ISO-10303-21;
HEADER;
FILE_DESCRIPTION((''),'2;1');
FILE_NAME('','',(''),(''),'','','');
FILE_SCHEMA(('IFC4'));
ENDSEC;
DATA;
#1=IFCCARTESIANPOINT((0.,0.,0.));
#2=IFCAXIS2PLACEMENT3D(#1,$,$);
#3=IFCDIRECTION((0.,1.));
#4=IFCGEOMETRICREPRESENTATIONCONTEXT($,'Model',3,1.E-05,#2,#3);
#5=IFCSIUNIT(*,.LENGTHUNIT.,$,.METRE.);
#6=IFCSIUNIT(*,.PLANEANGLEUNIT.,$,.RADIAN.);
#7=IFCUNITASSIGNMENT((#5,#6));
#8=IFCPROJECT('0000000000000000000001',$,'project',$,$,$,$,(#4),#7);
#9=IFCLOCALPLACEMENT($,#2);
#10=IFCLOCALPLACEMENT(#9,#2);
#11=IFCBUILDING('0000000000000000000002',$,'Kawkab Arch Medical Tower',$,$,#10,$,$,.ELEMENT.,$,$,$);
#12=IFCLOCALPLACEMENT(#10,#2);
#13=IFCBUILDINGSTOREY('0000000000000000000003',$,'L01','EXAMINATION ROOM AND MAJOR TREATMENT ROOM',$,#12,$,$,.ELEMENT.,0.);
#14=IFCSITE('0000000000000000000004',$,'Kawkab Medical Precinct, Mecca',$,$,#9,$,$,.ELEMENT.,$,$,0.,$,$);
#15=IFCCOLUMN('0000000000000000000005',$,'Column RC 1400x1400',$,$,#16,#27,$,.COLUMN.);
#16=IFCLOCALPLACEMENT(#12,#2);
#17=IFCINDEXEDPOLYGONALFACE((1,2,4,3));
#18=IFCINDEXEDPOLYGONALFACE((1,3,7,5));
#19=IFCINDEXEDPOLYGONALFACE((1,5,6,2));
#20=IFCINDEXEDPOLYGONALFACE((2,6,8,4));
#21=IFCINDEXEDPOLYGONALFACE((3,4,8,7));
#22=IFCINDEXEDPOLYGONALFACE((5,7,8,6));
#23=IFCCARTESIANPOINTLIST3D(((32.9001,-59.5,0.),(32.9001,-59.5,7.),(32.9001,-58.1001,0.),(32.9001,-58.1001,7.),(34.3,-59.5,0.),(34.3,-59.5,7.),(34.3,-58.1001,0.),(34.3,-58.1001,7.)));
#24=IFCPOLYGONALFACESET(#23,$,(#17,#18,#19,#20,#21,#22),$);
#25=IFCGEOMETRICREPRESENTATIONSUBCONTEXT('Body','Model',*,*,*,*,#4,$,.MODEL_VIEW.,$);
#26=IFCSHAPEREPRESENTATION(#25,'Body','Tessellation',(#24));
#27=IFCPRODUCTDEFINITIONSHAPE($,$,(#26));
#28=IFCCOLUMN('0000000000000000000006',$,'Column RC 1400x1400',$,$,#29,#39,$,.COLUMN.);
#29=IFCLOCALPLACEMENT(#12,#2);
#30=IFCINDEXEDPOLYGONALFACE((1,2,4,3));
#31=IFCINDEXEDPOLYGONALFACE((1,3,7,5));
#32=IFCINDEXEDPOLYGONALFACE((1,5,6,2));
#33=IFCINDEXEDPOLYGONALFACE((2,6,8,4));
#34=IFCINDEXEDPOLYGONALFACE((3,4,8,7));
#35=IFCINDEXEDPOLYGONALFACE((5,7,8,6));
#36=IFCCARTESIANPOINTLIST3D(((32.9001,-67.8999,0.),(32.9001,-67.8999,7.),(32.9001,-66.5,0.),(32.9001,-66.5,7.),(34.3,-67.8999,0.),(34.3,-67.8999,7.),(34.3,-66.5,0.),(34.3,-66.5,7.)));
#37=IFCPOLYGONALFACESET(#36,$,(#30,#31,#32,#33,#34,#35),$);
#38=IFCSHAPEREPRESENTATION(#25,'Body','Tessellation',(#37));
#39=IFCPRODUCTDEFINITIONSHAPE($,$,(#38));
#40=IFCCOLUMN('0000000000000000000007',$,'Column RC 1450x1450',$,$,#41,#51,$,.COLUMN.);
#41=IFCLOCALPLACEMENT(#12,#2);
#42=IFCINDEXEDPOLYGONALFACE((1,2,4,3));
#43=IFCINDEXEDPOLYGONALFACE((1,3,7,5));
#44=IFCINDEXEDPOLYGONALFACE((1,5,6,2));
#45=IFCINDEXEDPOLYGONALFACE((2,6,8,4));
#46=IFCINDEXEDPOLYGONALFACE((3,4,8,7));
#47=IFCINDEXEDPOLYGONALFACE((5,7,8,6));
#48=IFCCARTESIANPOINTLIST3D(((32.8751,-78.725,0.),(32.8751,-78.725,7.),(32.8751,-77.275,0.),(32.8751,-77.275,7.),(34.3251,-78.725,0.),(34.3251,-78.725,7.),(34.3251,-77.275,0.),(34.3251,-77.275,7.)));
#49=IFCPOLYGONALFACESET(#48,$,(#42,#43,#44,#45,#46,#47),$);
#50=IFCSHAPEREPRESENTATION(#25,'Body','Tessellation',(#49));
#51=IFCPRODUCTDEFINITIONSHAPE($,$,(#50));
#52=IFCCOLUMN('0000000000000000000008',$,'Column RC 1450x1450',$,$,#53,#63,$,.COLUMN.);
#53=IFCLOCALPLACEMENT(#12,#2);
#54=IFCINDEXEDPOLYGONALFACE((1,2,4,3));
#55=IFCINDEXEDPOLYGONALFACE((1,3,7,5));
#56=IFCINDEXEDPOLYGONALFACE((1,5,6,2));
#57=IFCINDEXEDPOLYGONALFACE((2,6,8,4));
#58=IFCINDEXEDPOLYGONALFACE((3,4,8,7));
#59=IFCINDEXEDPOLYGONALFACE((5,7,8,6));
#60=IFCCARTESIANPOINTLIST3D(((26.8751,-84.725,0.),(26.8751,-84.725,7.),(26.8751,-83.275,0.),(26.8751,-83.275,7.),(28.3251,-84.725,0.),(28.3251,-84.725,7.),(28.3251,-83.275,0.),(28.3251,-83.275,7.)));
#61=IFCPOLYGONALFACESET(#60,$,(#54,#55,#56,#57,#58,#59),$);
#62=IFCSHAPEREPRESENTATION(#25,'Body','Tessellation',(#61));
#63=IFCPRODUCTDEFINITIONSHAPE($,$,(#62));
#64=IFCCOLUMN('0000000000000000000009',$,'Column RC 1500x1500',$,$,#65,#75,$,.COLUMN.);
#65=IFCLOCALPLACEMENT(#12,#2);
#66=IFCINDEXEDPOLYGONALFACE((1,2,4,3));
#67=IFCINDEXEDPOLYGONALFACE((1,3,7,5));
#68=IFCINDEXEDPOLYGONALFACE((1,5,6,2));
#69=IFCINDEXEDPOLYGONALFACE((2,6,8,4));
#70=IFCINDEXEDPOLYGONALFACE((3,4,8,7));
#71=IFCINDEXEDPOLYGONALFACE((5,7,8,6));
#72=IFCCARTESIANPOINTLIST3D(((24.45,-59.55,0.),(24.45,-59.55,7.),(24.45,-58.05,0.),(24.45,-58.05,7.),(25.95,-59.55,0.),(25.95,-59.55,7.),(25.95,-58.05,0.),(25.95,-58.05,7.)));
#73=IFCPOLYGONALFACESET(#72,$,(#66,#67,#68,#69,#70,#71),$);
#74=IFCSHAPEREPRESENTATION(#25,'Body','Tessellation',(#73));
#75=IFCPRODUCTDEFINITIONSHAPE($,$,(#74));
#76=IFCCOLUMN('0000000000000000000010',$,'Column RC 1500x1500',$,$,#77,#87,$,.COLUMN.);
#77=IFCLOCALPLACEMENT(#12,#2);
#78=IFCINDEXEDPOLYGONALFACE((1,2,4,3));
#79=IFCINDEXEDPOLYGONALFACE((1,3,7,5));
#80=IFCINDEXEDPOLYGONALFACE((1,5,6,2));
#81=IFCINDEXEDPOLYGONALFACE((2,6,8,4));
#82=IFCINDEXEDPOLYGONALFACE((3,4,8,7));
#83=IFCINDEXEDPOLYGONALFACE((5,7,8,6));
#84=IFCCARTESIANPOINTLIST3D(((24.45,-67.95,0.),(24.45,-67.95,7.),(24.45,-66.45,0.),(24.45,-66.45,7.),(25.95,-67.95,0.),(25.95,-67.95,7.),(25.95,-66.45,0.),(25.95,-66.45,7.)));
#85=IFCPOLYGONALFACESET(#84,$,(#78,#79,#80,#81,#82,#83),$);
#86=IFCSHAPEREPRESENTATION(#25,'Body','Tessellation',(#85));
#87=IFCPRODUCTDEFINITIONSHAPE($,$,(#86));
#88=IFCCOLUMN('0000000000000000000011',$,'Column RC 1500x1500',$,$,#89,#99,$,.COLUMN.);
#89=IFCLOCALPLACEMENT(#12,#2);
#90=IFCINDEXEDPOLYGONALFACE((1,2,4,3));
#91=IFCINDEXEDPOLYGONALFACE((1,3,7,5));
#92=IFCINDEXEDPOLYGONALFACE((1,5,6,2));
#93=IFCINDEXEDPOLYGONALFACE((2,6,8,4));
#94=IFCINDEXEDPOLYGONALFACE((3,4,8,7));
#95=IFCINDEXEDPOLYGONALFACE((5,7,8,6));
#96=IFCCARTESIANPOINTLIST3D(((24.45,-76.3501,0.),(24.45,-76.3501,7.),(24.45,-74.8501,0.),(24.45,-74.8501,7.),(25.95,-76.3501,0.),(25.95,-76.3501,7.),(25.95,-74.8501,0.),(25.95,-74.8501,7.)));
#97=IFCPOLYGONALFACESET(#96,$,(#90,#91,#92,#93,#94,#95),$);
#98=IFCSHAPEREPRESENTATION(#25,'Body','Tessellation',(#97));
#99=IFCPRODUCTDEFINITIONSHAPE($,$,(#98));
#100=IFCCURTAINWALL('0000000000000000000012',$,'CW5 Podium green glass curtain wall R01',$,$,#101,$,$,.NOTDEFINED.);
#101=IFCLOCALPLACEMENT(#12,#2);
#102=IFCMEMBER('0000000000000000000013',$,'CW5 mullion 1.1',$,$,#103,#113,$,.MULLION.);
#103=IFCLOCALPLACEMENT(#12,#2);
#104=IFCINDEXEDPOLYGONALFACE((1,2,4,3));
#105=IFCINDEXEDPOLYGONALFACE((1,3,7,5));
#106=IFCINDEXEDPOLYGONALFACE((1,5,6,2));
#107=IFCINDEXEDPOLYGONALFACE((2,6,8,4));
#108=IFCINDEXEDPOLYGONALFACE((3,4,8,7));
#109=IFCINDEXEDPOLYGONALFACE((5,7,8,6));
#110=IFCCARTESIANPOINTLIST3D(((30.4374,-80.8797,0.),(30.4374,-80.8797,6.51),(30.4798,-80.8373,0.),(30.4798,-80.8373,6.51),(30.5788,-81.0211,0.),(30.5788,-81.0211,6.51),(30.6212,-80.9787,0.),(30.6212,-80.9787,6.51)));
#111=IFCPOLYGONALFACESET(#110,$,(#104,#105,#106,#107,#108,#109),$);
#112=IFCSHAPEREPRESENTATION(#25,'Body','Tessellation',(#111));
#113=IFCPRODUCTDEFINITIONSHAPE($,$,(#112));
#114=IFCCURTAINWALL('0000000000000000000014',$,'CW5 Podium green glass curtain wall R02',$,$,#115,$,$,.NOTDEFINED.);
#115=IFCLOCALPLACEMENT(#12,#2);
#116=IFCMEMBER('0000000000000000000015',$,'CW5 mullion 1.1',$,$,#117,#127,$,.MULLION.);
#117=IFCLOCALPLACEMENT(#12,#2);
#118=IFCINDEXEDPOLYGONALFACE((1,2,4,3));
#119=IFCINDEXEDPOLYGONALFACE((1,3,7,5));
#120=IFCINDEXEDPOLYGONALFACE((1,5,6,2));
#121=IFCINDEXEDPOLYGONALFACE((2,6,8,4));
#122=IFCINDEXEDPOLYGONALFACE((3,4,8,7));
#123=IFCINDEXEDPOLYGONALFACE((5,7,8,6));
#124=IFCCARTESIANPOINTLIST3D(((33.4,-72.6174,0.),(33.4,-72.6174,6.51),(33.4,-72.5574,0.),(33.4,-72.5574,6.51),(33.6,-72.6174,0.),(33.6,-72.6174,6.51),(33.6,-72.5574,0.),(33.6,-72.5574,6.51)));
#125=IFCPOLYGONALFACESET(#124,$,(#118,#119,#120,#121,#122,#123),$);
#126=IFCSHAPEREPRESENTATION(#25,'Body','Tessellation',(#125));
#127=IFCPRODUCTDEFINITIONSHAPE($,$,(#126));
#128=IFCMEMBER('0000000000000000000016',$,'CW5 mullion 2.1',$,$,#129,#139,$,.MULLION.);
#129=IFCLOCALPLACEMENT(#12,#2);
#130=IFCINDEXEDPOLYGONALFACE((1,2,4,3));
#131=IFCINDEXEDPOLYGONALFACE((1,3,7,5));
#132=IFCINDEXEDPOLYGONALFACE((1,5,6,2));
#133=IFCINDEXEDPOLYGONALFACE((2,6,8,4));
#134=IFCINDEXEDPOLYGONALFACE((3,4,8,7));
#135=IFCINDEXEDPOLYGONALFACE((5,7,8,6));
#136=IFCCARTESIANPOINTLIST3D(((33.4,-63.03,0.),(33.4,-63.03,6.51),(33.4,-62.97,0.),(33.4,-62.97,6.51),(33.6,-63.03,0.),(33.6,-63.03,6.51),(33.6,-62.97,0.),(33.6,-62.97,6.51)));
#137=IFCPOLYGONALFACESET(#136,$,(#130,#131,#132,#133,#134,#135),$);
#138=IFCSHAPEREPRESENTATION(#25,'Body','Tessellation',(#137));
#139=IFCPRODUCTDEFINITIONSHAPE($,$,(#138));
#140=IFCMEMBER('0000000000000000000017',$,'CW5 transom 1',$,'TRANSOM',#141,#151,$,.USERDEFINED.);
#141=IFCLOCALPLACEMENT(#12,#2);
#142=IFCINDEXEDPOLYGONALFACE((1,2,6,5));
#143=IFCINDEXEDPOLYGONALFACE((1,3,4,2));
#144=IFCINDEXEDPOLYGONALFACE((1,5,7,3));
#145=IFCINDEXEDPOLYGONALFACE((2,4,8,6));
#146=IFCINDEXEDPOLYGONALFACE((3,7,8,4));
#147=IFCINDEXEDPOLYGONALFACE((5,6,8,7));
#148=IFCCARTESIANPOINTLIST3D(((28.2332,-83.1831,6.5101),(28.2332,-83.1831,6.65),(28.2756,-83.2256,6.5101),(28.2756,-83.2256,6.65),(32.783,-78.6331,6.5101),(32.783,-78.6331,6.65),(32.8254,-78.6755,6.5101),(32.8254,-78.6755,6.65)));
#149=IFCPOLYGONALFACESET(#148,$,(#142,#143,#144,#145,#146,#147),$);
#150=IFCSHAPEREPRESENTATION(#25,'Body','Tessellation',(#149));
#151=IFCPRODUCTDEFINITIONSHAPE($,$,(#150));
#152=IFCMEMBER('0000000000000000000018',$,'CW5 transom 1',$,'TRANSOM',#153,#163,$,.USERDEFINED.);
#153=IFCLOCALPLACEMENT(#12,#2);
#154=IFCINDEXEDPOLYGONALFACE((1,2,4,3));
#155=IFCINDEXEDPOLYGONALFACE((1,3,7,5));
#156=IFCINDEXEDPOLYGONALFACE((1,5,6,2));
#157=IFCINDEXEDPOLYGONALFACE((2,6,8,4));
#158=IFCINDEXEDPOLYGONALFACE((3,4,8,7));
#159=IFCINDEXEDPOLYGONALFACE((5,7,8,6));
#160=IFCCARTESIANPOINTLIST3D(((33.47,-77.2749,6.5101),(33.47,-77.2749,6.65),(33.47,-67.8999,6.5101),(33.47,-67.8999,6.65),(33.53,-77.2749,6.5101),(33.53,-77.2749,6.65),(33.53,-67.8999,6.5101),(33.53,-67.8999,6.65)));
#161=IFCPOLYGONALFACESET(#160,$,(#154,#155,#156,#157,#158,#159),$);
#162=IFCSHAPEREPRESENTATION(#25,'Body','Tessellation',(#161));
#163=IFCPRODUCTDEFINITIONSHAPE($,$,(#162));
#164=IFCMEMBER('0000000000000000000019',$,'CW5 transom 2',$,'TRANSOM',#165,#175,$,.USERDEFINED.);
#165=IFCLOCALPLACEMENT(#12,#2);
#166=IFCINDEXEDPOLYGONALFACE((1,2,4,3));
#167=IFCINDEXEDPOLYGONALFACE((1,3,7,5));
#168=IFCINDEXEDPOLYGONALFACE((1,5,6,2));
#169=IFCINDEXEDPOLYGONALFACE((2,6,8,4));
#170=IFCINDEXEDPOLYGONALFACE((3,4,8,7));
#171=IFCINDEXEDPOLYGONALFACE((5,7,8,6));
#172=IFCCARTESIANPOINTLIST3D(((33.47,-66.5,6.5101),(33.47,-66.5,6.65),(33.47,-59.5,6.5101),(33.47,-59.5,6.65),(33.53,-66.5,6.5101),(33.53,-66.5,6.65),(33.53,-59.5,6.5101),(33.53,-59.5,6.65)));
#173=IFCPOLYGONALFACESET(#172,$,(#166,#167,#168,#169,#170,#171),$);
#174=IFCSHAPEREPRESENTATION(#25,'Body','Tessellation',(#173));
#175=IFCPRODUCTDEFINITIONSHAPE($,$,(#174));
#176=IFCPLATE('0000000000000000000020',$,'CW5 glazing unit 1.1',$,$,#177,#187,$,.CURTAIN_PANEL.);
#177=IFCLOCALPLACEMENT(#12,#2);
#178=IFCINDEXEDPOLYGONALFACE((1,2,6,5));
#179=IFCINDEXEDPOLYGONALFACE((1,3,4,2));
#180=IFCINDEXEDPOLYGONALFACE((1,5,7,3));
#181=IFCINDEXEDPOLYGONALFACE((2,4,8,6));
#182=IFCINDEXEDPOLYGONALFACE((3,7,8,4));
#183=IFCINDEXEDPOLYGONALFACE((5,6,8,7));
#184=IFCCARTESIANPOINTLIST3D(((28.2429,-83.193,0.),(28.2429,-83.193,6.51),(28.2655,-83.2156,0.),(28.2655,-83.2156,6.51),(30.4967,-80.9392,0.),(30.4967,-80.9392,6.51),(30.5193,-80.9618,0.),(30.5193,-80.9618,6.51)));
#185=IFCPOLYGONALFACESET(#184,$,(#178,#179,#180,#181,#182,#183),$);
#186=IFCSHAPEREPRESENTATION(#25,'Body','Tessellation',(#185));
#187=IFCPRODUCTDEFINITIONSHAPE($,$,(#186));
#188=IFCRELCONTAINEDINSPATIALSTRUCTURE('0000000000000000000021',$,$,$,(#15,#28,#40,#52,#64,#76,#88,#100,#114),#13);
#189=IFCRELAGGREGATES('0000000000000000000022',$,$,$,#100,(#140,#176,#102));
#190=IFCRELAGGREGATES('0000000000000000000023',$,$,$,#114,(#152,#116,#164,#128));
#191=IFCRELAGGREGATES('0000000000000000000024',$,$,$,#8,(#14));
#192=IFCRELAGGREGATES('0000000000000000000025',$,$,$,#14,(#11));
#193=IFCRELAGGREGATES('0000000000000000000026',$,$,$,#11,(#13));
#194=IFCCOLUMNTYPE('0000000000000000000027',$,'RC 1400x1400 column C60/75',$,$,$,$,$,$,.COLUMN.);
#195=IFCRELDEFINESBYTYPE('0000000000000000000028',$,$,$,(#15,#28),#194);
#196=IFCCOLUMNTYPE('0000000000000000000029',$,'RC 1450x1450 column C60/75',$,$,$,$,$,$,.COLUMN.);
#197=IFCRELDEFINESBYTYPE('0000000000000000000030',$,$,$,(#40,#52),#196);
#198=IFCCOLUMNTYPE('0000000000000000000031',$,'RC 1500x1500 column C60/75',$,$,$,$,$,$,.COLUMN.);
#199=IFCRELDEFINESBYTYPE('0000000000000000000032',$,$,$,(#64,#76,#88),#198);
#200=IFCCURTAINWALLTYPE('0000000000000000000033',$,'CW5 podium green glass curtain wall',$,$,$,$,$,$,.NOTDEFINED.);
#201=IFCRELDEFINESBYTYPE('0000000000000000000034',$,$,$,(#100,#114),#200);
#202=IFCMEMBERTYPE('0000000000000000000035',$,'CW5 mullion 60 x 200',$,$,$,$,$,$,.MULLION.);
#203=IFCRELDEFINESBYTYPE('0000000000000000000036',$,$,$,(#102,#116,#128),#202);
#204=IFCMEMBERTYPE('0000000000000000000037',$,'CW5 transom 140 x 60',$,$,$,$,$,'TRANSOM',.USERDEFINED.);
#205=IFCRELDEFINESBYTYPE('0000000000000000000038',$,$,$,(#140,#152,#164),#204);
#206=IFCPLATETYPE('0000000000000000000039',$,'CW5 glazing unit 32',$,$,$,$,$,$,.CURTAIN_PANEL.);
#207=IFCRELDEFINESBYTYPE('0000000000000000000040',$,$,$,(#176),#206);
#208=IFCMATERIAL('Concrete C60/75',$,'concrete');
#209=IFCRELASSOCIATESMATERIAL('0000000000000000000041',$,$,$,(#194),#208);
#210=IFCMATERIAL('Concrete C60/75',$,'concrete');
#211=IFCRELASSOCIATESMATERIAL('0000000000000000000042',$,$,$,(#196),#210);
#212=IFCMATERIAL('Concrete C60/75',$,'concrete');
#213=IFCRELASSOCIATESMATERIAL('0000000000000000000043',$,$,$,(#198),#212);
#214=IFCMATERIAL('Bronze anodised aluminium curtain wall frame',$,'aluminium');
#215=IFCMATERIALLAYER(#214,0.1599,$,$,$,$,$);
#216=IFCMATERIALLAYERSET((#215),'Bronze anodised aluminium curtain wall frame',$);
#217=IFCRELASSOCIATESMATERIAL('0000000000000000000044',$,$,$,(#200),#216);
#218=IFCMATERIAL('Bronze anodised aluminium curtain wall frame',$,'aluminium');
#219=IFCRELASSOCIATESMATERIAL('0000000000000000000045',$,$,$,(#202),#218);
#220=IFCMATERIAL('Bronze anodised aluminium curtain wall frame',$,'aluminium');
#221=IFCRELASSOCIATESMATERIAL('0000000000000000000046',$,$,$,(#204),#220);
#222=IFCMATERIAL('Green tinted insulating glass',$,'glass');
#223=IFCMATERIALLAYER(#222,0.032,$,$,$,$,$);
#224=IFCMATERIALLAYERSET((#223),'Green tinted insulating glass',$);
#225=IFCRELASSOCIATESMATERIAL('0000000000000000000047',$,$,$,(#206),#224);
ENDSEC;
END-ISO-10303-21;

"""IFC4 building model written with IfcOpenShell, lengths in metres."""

from ifc_helpers import new_model, si_unit, direction, frame, origin, origin_2d, place, context, subcontext, project, spatial, rectangle, extrude, material, layer, layer_set, material_profile, profile_set, type_object, element, aggregate, save


model = new_model("IFC4")

# Units and contexts
model_context = context("Model", 3, precision=1e-05, world=origin(), true_north=direction((0.0, 1.0)))
body_context = subcontext(model_context, "Body", "Model", "MODEL_VIEW")
ifc_project = project(units=[si_unit("LENGTHUNIT", "METRE"), si_unit("PLANEANGLEUNIT", "RADIAN")], contexts=[model_context])

# Site, building, storey
site_placement = place(None, origin())
site = spatial("IfcSite", under=ifc_project, at=site_placement, Name="Kawkab Medical Precinct, Mecca", CompositionType="ELEMENT", RefElevation=0.0)
building_placement = place(site_placement, origin())
building = spatial("IfcBuilding", under=site, at=building_placement, Name="Kawkab Arch Medical Tower", CompositionType="ELEMENT")
storey_placement = place(building_placement, origin())
storey = spatial("IfcBuildingStorey", under=building, at=storey_placement, Name="L01", Description="EXAMINATION ROOM AND MAJOR TREATMENT ROOM", CompositionType="ELEMENT", Elevation=0.0)

# Columns
ifc_material_1 = material(Name="Concrete C60/75", Category="concrete")
ifc_material_profile_1 = material_profile(ifc_material_1, rectangle(XDim=1.3999, YDim=1.3999, at=origin_2d()), Name="RC 1400x1400")
ifc_profile_set_1 = profile_set([ifc_material_profile_1], Name="Concrete C60/75")
column_type_1 = type_object("IfcColumnType", Name="RC 1400x1400 column C60/75", PredefinedType="COLUMN", material=ifc_profile_set_1)
for number, where, z_axis, x_axis, name in (
    (1, (33.6001, -58.8, 0.0), (0.0, 0.0, 1.0), (1.0, 0.0, 0.0), "Column RC 1400x1400"),
    (2, (33.6001, -67.2, 0.0), (0.0, 0.0, 1.0), (1.0, 0.0, 0.0), "Column RC 1400x1400"),
):
    element("IfcColumn", number, at=place(storey_placement, frame(where, z_axis=z_axis, x_axis=x_axis)), inside=storey, type_object=column_type_1, Name=name, PredefinedType="COLUMN", context=body_context, shape_type="SweptSolid", body=[
        extrude(rectangle(XDim=1.3999, YDim=1.3999, at=origin_2d()), origin(), (0.0, 0.0, 1.0), 7.0),
    ])
ifc_material_2 = material(Name="Concrete C60/75", Category="concrete")
ifc_material_profile_2 = material_profile(ifc_material_2, rectangle(XDim=1.45, YDim=1.45, at=origin_2d()), Name="RC 1450x1450")
ifc_profile_set_2 = profile_set([ifc_material_profile_2], Name="Concrete C60/75")
column_type_2 = type_object("IfcColumnType", Name="RC 1450x1450 column C60/75", PredefinedType="COLUMN", material=ifc_profile_set_2)
for number, where, z_axis, x_axis, name in (
    (3, (33.6001, -78.0, 0.0), (0.0, 0.0, 1.0), (1.0, 0.0, 0.0), "Column RC 1450x1450"),
    (4, (27.6001, -84.0, 0.0), (0.0, 0.0, 1.0), (1.0, 0.0, 0.0), "Column RC 1450x1450"),
):
    element("IfcColumn", number, at=place(storey_placement, frame(where, z_axis=z_axis, x_axis=x_axis)), inside=storey, type_object=column_type_2, Name=name, PredefinedType="COLUMN", context=body_context, shape_type="SweptSolid", body=[
        extrude(rectangle(XDim=1.45, YDim=1.45, at=origin_2d()), origin(), (0.0, 0.0, 1.0), 7.0),
    ])
ifc_material_3 = material(Name="Concrete C60/75", Category="concrete")
ifc_material_profile_3 = material_profile(ifc_material_3, rectangle(XDim=1.5, YDim=1.5, at=origin_2d()), Name="RC 1500x1500")
ifc_profile_set_3 = profile_set([ifc_material_profile_3], Name="Concrete C60/75")
column_type_3 = type_object("IfcColumnType", Name="RC 1500x1500 column C60/75", PredefinedType="COLUMN", material=ifc_profile_set_3)
for number, where, z_axis, x_axis, name in (
    (5, (25.2, -58.8, 0.0), (0.0, 0.0, 1.0), (1.0, 0.0, 0.0), "Column RC 1500x1500"),
    (6, (25.2, -67.2, 0.0), (0.0, 0.0, 1.0), (1.0, 0.0, 0.0), "Column RC 1500x1500"),
    (7, (25.2, -75.6001, 0.0), (0.0, 0.0, 1.0), (1.0, 0.0, 0.0), "Column RC 1500x1500"),
):
    element("IfcColumn", number, at=place(storey_placement, frame(where, z_axis=z_axis, x_axis=x_axis)), inside=storey, type_object=column_type_3, Name=name, PredefinedType="COLUMN", context=body_context, shape_type="SweptSolid", body=[
        extrude(rectangle(XDim=1.5, YDim=1.5, at=origin_2d()), origin(), (0.0, 0.0, 1.0), 7.0),
    ])

# Curtain wall, member
ifc_material_4 = material(Name="Bronze anodised aluminium curtain wall frame", Category="aluminium")
ifc_layer_1 = layer(ifc_material_4, 0.1599)
ifc_layer_set_1 = layer_set([ifc_layer_1], Name="Bronze anodised aluminium curtain wall frame")
curtain_wall_type = type_object("IfcCurtainWallType", Name="CW5 podium green glass curtain wall", PredefinedType="NOTDEFINED", material=ifc_layer_set_1)
placement = place(storey_placement, origin())
curtain_wall_1 = element("IfcCurtainWall", 8, at=placement, inside=storey, type_object=curtain_wall_type, Name="CW5 Podium green glass curtain wall R01", PredefinedType="NOTDEFINED")
ifc_material_5 = material(Name="Bronze anodised aluminium curtain wall frame", Category="aluminium")
ifc_material_profile_4 = material_profile(ifc_material_5, rectangle(XDim=0.2, YDim=0.0601, at=origin_2d()), Name="AL 60x200")
ifc_profile_set_4 = profile_set([ifc_material_profile_4], Name="Bronze anodised aluminium curtain wall frame")
member_type_1 = type_object("IfcMemberType", Name="CW5 mullion 60 x 200", PredefinedType="MULLION", material=ifc_profile_set_4)
member_1_placement = place(storey_placement, frame((30.5293, -80.9292, 0.0), z_axis=(0.0, 0.0, 1.0), x_axis=(-0.707107, 0.707107, 0.0)))
member_1 = element("IfcMember", 9, at=member_1_placement, type_object=member_type_1, Name="CW5 mullion 1.1", PredefinedType="MULLION", context=body_context, shape_type="SweptSolid", body=[
    extrude(rectangle(XDim=0.2, YDim=0.0601, at=origin_2d()), origin(), (0.0, 0.0, 1.0), 6.51),
])

# Curtain wall, members
curtain_wall_2 = element("IfcCurtainWall", 10, at=placement, inside=storey, type_object=curtain_wall_type, Name="CW5 Podium green glass curtain wall R02", PredefinedType="NOTDEFINED")
member_2_placement = place(storey_placement, frame((33.5, -72.5874, 0.0), z_axis=(0.0, 0.0, 1.0), x_axis=(-1.0, 0.0, 0.0)))
member_2 = element("IfcMember", 11, at=member_2_placement, type_object=member_type_1, Name="CW5 mullion 1.1", PredefinedType="MULLION", context=body_context, shape_type="SweptSolid", body=[
    extrude(rectangle(XDim=0.2, YDim=0.0601, at=origin_2d()), origin(), (0.0, 0.0, 1.0), 6.51),
])
member_3_placement = place(storey_placement, frame((33.5, -63.0, 0.0), z_axis=(0.0, 0.0, 1.0), x_axis=(-1.0, 0.0, 0.0)))
member_3 = element("IfcMember", 12, at=member_3_placement, type_object=member_type_1, Name="CW5 mullion 2.1", PredefinedType="MULLION", context=body_context, shape_type="SweptSolid", body=[
    extrude(rectangle(XDim=0.2, YDim=0.0601, at=origin_2d()), origin(), (0.0, 0.0, 1.0), 6.51),
])

# Members
ifc_material_6 = material(Name="Bronze anodised aluminium curtain wall frame", Category="aluminium")
ifc_material_profile_5 = material_profile(ifc_material_6, rectangle(XDim=0.0601, YDim=0.1399, at=origin_2d()), Name="AL 60x140")
ifc_profile_set_5 = profile_set([ifc_material_profile_5], Name="Bronze anodised aluminium curtain wall frame")
member_type_2 = type_object("IfcMemberType", Name="CW5 transom 140 x 60", ElementType="TRANSOM", PredefinedType="USERDEFINED", material=ifc_profile_set_5)
member_4_placement = place(storey_placement, frame((28.2544, -83.2043, 6.5801), z_axis=(0.707088, 0.707126, 0.0), x_axis=(-0.707126, 0.707088, 0.0)))
member_4 = element("IfcMember", 13, at=member_4_placement, type_object=member_type_2, Name="CW5 transom 1", ObjectType="TRANSOM", PredefinedType="USERDEFINED", context=body_context, shape_type="SweptSolid", body=[
    extrude(rectangle(XDim=0.0601, YDim=0.1399, at=origin_2d()), origin(), (0.0, 0.0, 1.0), 6.4346),
])
member_5_placement = place(storey_placement, frame((33.5, -77.2749, 6.5801), z_axis=(0.0, 1.0, 0.0), x_axis=(-1.0, 0.0, 0.0)))
member_5 = element("IfcMember", 14, at=member_5_placement, type_object=member_type_2, Name="CW5 transom 1", ObjectType="TRANSOM", PredefinedType="USERDEFINED", context=body_context, shape_type="SweptSolid", body=[
    extrude(rectangle(XDim=0.0601, YDim=0.1399, at=origin_2d()), origin(), (0.0, 0.0, 1.0), 9.375),
])
member_6_placement = place(storey_placement, frame((33.5, -66.5, 6.5801), z_axis=(0.0, 1.0, 0.0), x_axis=(-1.0, 0.0, 0.0)))
member_6 = element("IfcMember", 15, at=member_6_placement, type_object=member_type_2, Name="CW5 transom 2", ObjectType="TRANSOM", PredefinedType="USERDEFINED", context=body_context, shape_type="SweptSolid", body=[
    extrude(rectangle(XDim=0.0601, YDim=0.1399, at=origin_2d()), origin(), (0.0, 0.0, 1.0), 7.0),
])

# Plate
ifc_material_7 = material(Name="Green tinted insulating glass", Category="glass")
ifc_layer_2 = layer(ifc_material_7, 0.032)
ifc_layer_set_2 = layer_set([ifc_layer_2], Name="Green tinted insulating glass")
plate_type = type_object("IfcPlateType", Name="CW5 glazing unit 32", PredefinedType="CURTAIN_PANEL", material=ifc_layer_set_2)
plate_1_placement = place(storey_placement, frame((29.3811, -82.0774, 0.0), z_axis=(0.0, 0.0, 1.0), x_axis=(0.707107, 0.707107, 0.0)))
plate_1 = element("IfcPlate", 16, at=plate_1_placement, type_object=plate_type, Name="CW5 glazing unit 1.1", PredefinedType="CURTAIN_PANEL", context=body_context, shape_type="SweptSolid", body=[
    extrude(rectangle(XDim=3.1873, YDim=0.032, at=origin_2d()), origin(), (0.0, 0.0, 1.0), 6.51),
])
aggregate(curtain_wall_1, [member_4, plate_1, member_1])
aggregate(curtain_wall_2, [member_5, member_2, member_6, member_3])

save(model, "model.ifc")
